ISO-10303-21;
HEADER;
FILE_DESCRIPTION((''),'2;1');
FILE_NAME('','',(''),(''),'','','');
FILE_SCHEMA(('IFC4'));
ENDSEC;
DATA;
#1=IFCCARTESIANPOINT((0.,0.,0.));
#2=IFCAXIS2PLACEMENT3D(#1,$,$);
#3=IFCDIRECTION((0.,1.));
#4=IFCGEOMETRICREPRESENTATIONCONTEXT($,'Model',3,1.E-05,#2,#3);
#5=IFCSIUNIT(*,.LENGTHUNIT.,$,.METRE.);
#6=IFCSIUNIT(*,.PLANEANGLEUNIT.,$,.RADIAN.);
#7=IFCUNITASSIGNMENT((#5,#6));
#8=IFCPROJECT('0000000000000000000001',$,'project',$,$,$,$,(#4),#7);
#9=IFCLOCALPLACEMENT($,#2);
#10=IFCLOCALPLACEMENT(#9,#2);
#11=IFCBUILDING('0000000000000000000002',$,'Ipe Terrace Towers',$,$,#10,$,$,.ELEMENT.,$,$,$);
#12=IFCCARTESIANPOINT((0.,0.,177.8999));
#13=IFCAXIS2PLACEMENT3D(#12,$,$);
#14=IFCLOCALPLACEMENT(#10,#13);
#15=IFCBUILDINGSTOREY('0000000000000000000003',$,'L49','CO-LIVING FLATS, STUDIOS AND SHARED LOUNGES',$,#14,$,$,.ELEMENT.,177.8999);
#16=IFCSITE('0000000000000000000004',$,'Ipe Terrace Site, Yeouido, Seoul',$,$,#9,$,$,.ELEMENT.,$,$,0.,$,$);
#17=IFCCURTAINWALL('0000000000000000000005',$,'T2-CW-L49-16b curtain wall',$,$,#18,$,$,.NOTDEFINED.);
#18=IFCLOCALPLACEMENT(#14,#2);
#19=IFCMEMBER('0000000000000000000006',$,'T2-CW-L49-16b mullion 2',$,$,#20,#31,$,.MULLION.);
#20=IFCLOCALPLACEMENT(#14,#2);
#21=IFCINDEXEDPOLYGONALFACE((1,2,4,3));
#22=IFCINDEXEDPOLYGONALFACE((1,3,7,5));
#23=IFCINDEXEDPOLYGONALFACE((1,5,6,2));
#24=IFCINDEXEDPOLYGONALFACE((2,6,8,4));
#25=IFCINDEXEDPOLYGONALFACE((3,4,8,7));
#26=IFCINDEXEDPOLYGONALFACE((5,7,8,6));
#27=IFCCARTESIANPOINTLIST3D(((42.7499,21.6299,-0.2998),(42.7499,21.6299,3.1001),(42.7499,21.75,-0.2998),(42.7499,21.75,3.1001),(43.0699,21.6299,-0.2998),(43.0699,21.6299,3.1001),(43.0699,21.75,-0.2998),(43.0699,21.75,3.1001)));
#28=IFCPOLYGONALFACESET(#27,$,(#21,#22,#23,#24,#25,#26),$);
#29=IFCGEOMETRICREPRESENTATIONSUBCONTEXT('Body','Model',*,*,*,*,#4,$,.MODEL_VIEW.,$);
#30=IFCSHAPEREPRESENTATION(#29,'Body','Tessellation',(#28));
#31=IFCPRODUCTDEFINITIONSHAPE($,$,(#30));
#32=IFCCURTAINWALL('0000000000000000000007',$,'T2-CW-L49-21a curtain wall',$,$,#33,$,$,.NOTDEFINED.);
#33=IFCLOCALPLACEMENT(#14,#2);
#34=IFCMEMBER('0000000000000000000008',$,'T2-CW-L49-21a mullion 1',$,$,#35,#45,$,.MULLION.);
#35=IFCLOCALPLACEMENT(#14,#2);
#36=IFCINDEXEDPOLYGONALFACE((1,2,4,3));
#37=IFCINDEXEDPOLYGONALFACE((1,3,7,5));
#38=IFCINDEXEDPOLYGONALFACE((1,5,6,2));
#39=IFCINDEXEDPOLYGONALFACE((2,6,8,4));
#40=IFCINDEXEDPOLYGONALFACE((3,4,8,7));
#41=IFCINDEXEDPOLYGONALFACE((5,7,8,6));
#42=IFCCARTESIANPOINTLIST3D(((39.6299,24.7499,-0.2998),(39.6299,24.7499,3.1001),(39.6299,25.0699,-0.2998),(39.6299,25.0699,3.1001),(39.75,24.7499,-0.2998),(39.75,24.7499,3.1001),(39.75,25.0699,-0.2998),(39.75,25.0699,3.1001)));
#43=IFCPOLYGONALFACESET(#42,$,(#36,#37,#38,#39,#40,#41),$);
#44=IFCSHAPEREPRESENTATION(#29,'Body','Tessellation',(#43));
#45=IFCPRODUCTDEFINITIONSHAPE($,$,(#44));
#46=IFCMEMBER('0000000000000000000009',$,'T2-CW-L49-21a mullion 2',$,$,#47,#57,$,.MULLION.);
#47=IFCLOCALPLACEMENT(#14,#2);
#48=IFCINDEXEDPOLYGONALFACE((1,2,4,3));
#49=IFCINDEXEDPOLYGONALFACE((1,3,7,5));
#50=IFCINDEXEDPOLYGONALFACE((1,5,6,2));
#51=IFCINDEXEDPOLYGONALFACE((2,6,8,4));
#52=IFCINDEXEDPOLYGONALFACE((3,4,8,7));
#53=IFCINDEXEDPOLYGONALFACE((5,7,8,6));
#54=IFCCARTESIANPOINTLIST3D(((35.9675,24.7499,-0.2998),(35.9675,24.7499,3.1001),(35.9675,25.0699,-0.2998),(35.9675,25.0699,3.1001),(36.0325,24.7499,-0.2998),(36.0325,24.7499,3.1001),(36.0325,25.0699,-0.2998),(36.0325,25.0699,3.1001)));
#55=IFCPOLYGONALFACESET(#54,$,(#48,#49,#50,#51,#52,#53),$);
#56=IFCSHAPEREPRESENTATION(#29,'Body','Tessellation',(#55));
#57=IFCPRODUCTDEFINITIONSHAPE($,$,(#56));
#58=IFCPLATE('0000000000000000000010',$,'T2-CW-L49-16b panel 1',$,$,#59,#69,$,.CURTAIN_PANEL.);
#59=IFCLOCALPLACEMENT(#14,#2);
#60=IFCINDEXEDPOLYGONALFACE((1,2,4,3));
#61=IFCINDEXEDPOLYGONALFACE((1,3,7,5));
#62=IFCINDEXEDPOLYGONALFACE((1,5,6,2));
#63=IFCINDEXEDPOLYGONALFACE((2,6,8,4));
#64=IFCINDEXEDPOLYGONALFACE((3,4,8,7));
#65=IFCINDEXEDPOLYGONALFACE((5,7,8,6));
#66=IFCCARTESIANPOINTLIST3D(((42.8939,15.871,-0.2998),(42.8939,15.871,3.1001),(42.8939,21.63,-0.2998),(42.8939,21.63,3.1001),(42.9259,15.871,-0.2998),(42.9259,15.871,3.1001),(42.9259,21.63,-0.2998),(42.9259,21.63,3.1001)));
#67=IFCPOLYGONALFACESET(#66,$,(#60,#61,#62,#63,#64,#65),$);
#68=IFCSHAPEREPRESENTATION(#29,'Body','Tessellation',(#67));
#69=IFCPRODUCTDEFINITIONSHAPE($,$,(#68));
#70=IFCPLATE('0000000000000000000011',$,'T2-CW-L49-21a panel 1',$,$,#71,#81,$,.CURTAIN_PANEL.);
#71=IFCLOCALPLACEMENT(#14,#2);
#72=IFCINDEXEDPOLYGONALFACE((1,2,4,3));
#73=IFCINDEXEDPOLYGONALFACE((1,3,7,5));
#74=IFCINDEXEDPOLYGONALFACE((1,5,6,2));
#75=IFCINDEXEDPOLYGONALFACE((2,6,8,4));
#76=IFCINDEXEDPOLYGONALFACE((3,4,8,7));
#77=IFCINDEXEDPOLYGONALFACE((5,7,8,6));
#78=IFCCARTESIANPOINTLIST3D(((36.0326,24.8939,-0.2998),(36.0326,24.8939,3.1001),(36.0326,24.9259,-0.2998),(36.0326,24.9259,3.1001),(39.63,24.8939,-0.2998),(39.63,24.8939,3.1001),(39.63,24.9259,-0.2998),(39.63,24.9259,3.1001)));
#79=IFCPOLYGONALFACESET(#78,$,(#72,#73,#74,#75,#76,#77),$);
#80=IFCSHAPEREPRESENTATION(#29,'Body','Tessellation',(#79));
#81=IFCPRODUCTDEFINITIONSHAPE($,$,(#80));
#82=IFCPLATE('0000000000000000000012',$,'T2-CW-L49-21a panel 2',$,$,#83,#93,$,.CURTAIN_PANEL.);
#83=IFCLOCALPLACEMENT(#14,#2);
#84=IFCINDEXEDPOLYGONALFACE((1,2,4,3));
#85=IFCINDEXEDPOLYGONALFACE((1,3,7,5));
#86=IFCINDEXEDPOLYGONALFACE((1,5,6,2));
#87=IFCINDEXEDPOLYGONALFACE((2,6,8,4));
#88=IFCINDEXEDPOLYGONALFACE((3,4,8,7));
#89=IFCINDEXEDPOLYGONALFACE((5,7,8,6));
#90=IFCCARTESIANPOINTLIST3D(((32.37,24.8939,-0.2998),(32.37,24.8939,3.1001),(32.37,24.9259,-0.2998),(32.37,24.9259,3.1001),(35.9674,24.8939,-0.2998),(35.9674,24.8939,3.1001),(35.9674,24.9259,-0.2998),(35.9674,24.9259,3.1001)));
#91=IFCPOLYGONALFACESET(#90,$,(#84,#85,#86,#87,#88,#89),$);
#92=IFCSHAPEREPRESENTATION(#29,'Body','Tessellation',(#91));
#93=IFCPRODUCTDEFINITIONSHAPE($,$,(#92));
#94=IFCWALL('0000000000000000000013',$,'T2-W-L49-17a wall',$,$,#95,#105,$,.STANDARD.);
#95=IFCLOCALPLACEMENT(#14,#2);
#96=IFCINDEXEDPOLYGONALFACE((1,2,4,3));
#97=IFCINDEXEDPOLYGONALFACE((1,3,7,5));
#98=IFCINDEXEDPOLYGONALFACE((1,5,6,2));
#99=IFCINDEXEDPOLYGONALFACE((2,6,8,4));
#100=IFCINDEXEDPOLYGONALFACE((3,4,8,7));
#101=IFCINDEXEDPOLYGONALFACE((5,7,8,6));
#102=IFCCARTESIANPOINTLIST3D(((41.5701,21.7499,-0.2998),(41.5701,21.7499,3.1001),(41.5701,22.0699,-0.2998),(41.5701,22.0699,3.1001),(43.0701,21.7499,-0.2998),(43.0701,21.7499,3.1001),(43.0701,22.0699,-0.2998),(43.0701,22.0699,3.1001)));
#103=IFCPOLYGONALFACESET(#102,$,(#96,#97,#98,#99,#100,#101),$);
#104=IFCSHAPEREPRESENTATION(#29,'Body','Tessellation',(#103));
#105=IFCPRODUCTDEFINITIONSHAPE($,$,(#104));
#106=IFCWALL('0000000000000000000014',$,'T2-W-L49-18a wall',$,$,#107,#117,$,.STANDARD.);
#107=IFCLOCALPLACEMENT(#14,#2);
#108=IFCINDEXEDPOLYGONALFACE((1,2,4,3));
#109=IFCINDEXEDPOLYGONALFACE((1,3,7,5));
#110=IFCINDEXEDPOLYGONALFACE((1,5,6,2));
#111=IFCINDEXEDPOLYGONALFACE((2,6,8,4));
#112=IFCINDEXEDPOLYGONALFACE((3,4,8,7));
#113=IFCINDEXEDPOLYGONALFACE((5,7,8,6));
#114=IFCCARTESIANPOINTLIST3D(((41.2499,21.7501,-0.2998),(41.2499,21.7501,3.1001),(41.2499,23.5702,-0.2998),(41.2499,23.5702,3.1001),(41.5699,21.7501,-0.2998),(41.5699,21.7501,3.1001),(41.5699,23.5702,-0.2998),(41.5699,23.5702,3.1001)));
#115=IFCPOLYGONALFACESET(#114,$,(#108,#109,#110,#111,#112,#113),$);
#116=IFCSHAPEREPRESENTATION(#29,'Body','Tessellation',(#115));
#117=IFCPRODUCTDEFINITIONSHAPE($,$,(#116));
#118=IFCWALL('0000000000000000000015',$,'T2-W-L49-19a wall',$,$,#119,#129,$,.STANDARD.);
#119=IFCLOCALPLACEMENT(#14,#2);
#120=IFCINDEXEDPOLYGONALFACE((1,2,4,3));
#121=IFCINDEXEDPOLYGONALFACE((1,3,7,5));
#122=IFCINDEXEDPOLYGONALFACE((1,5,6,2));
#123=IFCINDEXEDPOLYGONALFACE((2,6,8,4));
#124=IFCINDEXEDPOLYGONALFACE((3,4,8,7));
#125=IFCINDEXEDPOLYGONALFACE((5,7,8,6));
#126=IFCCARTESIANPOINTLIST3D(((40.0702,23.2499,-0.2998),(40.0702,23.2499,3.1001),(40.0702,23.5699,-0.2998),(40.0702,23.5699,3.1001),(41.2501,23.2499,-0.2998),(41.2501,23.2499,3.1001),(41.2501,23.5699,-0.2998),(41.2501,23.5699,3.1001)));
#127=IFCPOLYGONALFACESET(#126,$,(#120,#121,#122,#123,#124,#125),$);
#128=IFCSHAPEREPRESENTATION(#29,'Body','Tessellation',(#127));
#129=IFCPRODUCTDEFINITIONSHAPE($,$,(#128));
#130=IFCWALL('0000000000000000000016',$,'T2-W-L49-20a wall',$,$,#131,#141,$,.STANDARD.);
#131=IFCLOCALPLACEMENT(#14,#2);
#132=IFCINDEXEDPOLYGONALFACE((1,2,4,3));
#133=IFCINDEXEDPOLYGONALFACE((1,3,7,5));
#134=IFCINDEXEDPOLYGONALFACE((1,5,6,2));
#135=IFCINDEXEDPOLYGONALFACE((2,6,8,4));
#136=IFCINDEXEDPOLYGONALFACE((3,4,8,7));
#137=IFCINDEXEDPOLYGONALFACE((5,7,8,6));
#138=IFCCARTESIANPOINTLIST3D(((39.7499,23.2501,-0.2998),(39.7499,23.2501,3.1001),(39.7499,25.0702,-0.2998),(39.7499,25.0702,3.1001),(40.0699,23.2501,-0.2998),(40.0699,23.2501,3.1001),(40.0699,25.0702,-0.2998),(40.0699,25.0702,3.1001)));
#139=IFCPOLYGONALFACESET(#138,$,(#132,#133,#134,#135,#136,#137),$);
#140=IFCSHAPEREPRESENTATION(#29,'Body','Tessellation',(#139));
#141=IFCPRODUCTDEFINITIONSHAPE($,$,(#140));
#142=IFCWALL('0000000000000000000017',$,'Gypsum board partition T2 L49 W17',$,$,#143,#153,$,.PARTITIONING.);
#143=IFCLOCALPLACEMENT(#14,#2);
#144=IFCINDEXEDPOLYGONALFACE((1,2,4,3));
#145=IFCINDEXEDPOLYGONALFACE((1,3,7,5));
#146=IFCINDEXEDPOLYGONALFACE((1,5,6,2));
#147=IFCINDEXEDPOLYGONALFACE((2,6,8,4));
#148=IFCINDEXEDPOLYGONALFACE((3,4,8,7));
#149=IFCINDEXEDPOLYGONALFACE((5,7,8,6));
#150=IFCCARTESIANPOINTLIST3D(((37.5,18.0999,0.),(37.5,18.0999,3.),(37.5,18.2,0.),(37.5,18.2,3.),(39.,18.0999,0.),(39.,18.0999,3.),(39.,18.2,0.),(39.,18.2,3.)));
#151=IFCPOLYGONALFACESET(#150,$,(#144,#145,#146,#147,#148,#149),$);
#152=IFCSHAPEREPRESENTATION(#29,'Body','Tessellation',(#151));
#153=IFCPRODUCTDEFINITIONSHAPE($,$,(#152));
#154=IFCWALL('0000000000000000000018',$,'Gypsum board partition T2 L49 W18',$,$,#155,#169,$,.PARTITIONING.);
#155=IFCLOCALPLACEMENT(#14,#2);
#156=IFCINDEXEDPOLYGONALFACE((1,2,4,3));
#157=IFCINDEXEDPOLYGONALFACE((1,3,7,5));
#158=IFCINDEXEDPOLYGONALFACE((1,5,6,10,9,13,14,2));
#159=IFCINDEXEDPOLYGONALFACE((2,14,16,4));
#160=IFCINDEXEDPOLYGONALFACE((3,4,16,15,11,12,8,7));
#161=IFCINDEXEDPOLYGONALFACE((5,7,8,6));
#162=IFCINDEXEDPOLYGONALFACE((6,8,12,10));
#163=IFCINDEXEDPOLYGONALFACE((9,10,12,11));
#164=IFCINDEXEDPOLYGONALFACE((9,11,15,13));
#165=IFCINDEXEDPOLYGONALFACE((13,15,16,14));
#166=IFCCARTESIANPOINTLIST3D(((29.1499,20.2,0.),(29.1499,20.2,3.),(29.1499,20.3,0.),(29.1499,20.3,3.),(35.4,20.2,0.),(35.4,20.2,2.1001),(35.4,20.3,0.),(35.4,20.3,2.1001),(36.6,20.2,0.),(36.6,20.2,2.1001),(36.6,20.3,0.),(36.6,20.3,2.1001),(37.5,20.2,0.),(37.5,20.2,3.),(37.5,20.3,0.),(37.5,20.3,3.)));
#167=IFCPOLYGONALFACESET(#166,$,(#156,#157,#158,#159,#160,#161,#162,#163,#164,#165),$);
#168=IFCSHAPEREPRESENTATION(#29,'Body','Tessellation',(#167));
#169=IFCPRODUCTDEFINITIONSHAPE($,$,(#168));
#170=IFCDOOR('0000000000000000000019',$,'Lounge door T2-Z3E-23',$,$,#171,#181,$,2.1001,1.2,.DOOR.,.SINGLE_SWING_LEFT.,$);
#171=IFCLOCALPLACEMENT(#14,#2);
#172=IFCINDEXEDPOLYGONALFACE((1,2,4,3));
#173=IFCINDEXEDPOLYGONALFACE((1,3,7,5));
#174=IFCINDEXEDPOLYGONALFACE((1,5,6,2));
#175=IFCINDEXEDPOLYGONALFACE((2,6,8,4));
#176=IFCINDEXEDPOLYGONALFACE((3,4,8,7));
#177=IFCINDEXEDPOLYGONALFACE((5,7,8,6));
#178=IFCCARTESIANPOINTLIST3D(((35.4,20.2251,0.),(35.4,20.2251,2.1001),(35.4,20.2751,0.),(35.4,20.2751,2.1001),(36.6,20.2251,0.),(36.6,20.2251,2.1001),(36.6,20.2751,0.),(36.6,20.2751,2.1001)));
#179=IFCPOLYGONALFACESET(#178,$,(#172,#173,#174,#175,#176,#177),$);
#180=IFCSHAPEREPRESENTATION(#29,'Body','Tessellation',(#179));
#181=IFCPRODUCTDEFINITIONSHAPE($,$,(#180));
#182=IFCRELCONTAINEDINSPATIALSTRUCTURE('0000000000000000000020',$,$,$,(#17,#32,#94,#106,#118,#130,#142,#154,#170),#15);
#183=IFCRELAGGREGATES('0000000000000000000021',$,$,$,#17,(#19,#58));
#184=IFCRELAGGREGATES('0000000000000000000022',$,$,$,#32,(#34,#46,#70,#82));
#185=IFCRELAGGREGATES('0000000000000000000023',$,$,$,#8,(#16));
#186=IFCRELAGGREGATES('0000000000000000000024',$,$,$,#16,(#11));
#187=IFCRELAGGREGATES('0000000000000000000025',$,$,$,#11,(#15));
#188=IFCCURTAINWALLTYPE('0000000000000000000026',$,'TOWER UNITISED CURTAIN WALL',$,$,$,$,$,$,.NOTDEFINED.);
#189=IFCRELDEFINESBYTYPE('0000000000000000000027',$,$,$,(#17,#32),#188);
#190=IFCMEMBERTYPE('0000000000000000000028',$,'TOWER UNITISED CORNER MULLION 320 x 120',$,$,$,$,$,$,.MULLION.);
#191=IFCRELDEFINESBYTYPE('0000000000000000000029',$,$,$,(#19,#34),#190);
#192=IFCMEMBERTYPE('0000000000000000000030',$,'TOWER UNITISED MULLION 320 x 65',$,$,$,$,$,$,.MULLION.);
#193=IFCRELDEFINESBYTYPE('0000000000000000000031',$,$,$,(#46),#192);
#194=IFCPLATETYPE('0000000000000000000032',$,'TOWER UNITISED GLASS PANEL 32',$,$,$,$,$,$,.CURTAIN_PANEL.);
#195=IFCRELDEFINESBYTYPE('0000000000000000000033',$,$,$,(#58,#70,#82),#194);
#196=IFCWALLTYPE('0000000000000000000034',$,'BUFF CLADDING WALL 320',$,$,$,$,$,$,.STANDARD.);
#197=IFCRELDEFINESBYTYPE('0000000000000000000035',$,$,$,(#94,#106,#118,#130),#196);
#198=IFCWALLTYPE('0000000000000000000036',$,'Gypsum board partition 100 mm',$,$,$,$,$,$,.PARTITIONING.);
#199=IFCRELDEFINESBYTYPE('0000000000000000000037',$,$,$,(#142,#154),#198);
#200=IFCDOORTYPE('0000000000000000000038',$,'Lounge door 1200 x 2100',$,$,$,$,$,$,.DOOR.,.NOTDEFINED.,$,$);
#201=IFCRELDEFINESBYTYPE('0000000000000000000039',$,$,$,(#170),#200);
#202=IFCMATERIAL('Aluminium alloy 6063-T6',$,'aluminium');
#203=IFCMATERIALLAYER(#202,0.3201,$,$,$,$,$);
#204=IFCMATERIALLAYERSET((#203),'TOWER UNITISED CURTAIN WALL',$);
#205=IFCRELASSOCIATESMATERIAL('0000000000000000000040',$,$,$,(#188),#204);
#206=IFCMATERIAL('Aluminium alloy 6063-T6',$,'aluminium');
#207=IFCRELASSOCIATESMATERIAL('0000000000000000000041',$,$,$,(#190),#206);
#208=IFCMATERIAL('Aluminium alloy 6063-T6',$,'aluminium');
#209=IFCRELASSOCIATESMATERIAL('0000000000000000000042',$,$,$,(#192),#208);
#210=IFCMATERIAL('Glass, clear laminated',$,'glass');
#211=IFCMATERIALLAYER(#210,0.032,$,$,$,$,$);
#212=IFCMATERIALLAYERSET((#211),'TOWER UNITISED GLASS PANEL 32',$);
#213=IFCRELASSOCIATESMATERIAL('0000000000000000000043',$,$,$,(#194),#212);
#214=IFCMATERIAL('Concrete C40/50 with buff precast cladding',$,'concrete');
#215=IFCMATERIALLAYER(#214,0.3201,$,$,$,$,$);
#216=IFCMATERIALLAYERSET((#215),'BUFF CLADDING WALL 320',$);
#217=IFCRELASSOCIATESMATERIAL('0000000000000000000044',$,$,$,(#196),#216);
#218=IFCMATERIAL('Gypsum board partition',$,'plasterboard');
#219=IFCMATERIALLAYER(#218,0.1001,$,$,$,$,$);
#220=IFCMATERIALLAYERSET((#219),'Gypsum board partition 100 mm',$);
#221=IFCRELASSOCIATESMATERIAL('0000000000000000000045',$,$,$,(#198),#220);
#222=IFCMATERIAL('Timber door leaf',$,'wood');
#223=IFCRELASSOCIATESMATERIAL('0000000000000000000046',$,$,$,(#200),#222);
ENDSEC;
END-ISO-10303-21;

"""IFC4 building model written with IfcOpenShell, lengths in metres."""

from ifc_helpers import new_model, si_unit, direction, frame, frame_2d, origin, origin_2d, place, context, subcontext, project, spatial, rectangle, extrude, material, layer, layer_set, material_profile, profile_set, type_object, element, fill, aggregate, save


model = new_model("IFC4")

# Units and contexts
model_context = context("Model", 3, precision=1e-05, world=origin(), true_north=direction((0.0, 1.0)))
body_context = subcontext(model_context, "Body", "Model", "MODEL_VIEW")
ifc_project = project(units=[si_unit("LENGTHUNIT", "METRE"), si_unit("PLANEANGLEUNIT", "RADIAN")], contexts=[model_context])

# Site, building, storey
site_placement = place(None, origin())
site = spatial("IfcSite", under=ifc_project, at=site_placement, Name="Ipe Terrace Site, Yeouido, Seoul", CompositionType="ELEMENT", RefElevation=0.0)
building_placement = place(site_placement, origin())
building = spatial("IfcBuilding", under=site, at=building_placement, Name="Ipe Terrace Towers", CompositionType="ELEMENT")
storey_placement = place(building_placement, frame((0.0, 0.0, 177.8999)))
storey = spatial("IfcBuildingStorey", under=building, at=storey_placement, Name="L49", Description="CO-LIVING FLATS, STUDIOS AND SHARED LOUNGES", CompositionType="ELEMENT", Elevation=177.8999)

# Curtain walls, members
ifc_material_1 = material(Name="Aluminium alloy 6063-T6", Category="aluminium")
ifc_layer_1 = layer(ifc_material_1, 0.3201)
ifc_layer_set_1 = layer_set([ifc_layer_1], Name="TOWER UNITISED CURTAIN WALL")
curtain_wall_type = type_object("IfcCurtainWallType", Name="TOWER UNITISED CURTAIN WALL", PredefinedType="NOTDEFINED", material=ifc_layer_set_1)
curtain_wall_1_placement = place(storey_placement, origin())
curtain_wall_1 = element("IfcCurtainWall", 1, at=curtain_wall_1_placement, inside=storey, type_object=curtain_wall_type, Name="T2-CW-L49-16b curtain wall", PredefinedType="NOTDEFINED")
ifc_material_2 = material(Name="Aluminium alloy 6063-T6", Category="aluminium")
ifc_material_profile_1 = material_profile(ifc_material_2, rectangle(XDim=0.3201, YDim=0.1201, at=origin_2d()), Name="TOWER UNITISED CORNER MULLION 320 x 120")
ifc_profile_set_1 = profile_set([ifc_material_profile_1], Name="Aluminium alloy 6063-T6")
member_type_1 = type_object("IfcMemberType", Name="TOWER UNITISED CORNER MULLION 320 x 120", PredefinedType="MULLION", material=ifc_profile_set_1)
member_1_placement = place(storey_placement, frame((42.9099, 21.6899, -0.2998), z_axis=(0.0, 0.0, 1.0), x_axis=(1.0, 0.0, 0.0)))
member_1 = element("IfcMember", 2, at=member_1_placement, type_object=member_type_1, Name="T2-CW-L49-16b mullion 2", PredefinedType="MULLION", context=body_context, shape_type="SweptSolid", body=[
    extrude(rectangle(XDim=0.3201, YDim=0.1201, at=origin_2d()), origin(), (0.0, 0.0, 1.0), 3.3999),
])
curtain_wall_2_placement = place(storey_placement, origin())
curtain_wall_2 = element("IfcCurtainWall", 3, at=curtain_wall_2_placement, inside=storey, type_object=curtain_wall_type, Name="T2-CW-L49-21a curtain wall", PredefinedType="NOTDEFINED")
member_2_placement = place(storey_placement, frame((39.6899, 24.9099, -0.2998), z_axis=(0.0, 0.0, 1.0), x_axis=(0.0, 1.0, 0.0)))
member_2 = element("IfcMember", 4, at=member_2_placement, type_object=member_type_1, Name="T2-CW-L49-21a mullion 1", PredefinedType="MULLION", context=body_context, shape_type="SweptSolid", body=[
    extrude(rectangle(XDim=0.3201, YDim=0.1201, at=origin_2d()), origin(), (0.0, 0.0, 1.0), 3.3999),
])
ifc_material_3 = material(Name="Aluminium alloy 6063-T6", Category="aluminium")
ifc_material_profile_2 = material_profile(ifc_material_3, rectangle(XDim=0.3201, YDim=0.0649, at=origin_2d()), Name="TOWER UNITISED MULLION 320 x 65")
ifc_profile_set_2 = profile_set([ifc_material_profile_2], Name="Aluminium alloy 6063-T6")
member_type_2 = type_object("IfcMemberType", Name="TOWER UNITISED MULLION 320 x 65", PredefinedType="MULLION", material=ifc_profile_set_2)
member_3_placement = place(storey_placement, frame((36.0, 24.9099, -0.2998), z_axis=(0.0, 0.0, 1.0), x_axis=(0.0, 1.0, 0.0)))
member_3 = element("IfcMember", 5, at=member_3_placement, type_object=member_type_2, Name="T2-CW-L49-21a mullion 2", PredefinedType="MULLION", context=body_context, shape_type="SweptSolid", body=[
    extrude(rectangle(XDim=0.3201, YDim=0.0649, at=origin_2d()), origin(), (0.0, 0.0, 1.0), 3.3999),
])

# Plates
ifc_material_4 = material(Name="Glass, clear laminated", Category="glass")
ifc_layer_2 = layer(ifc_material_4, 0.032)
ifc_layer_set_2 = layer_set([ifc_layer_2], Name="TOWER UNITISED GLASS PANEL 32")
plate_type = type_object("IfcPlateType", Name="TOWER UNITISED GLASS PANEL 32", PredefinedType="CURTAIN_PANEL", material=ifc_layer_set_2)
plate_1_placement = place(storey_placement, frame((42.9099, 18.7505, -0.2998), z_axis=(0.0, 0.0, 1.0), x_axis=(0.0, 1.0, 0.0)))
plate_1 = element("IfcPlate", 6, at=plate_1_placement, type_object=plate_type, Name="T2-CW-L49-16b panel 1", PredefinedType="CURTAIN_PANEL", context=body_context, shape_type="SweptSolid", body=[
    extrude(rectangle(XDim=5.759, YDim=0.032, at=origin_2d()), origin(), (0.0, 0.0, 1.0), 3.3999),
])
aggregate(curtain_wall_1, [member_1, plate_1])
plate_2_placement = place(storey_placement, frame((37.8313, 24.9099, -0.2998), z_axis=(0.0, 0.0, 1.0), x_axis=(-1.0, 0.0, 0.0)))
plate_2 = element("IfcPlate", 7, at=plate_2_placement, type_object=plate_type, Name="T2-CW-L49-21a panel 1", PredefinedType="CURTAIN_PANEL", context=body_context, shape_type="SweptSolid", body=[
    extrude(rectangle(XDim=3.5974, YDim=0.032, at=origin_2d()), origin(), (0.0, 0.0, 1.0), 3.3999),
])
plate_3_placement = place(storey_placement, frame((34.1687, 24.9099, -0.2998), z_axis=(0.0, 0.0, 1.0), x_axis=(-1.0, 0.0, 0.0)))
plate_3 = element("IfcPlate", 8, at=plate_3_placement, type_object=plate_type, Name="T2-CW-L49-21a panel 2", PredefinedType="CURTAIN_PANEL", context=body_context, shape_type="SweptSolid", body=[
    extrude(rectangle(XDim=3.5974, YDim=0.032, at=origin_2d()), origin(), (0.0, 0.0, 1.0), 3.3999),
])
aggregate(curtain_wall_2, [member_2, member_3, plate_2, plate_3])

# Walls
ifc_material_5 = material(Name="Concrete C40/50 with buff precast cladding", Category="concrete")
ifc_layer_3 = layer(ifc_material_5, 0.3201)
ifc_layer_set_3 = layer_set([ifc_layer_3], Name="BUFF CLADDING WALL 320")
wall_type_1 = type_object("IfcWallType", Name="BUFF CLADDING WALL 320", PredefinedType="STANDARD", material=ifc_layer_set_3)
wall_1_placement = place(storey_placement, frame((43.0701, 21.9099, -0.2998), z_axis=(0.0, 0.0, 1.0), x_axis=(-1.0, 0.0, 0.0)))
element("IfcWall", 9, at=wall_1_placement, inside=storey, type_object=wall_type_1, Name="T2-W-L49-17a wall", PredefinedType="STANDARD", context=body_context, shape_type="SweptSolid", body=[
    extrude(rectangle(XDim=1.5, YDim=0.3201, at=frame_2d((0.75, 0.0))), origin(), (0.0, 0.0, 1.0), 3.3999),
])
wall_2_placement = place(storey_placement, frame((41.4099, 21.75, -0.2998), z_axis=(0.0, 0.0, 1.0), x_axis=(0.0, 1.0, 0.0)))
element("IfcWall", 10, at=wall_2_placement, inside=storey, type_object=wall_type_1, Name="T2-W-L49-18a wall", PredefinedType="STANDARD", context=body_context, shape_type="SweptSolid", body=[
    extrude(rectangle(XDim=1.8201, YDim=0.3201, at=frame_2d((0.9102, 0.0))), origin(), (0.0, 0.0, 1.0), 3.3999),
])
wall_3_placement = place(storey_placement, frame((41.25, 23.4099, -0.2998), z_axis=(0.0, 0.0, 1.0), x_axis=(-1.0, 0.0, 0.0)))
element("IfcWall", 11, at=wall_3_placement, inside=storey, type_object=wall_type_1, Name="T2-W-L49-19a wall", PredefinedType="STANDARD", context=body_context, shape_type="SweptSolid", body=[
    extrude(rectangle(XDim=1.1799, YDim=0.3201, at=frame_2d((0.5898, 0.0))), origin(), (0.0, 0.0, 1.0), 3.3999),
])
wall_4_placement = place(storey_placement, frame((39.9099, 23.25, -0.2998), z_axis=(0.0, 0.0, 1.0), x_axis=(0.0, 1.0, 0.0)))
element("IfcWall", 12, at=wall_4_placement, inside=storey, type_object=wall_type_1, Name="T2-W-L49-20a wall", PredefinedType="STANDARD", context=body_context, shape_type="SweptSolid", body=[
    extrude(rectangle(XDim=1.8201, YDim=0.3201, at=frame_2d((0.9102, 0.0))), origin(), (0.0, 0.0, 1.0), 3.3999),
])
ifc_material_6 = material(Name="Gypsum board partition", Category="plasterboard")
ifc_layer_4 = layer(ifc_material_6, 0.1001)
ifc_layer_set_4 = layer_set([ifc_layer_4], Name="Gypsum board partition 100 mm")
wall_type_2 = type_object("IfcWallType", Name="Gypsum board partition 100 mm", PredefinedType="PARTITIONING", material=ifc_layer_set_4)
wall_5_placement = place(storey_placement, frame((39.0, 18.1499, 0.0), z_axis=(0.0, 0.0, 1.0), x_axis=(-1.0, 0.0, 0.0)))
element("IfcWall", 13, at=wall_5_placement, inside=storey, type_object=wall_type_2, Name="Gypsum board partition T2 L49 W17", PredefinedType="PARTITIONING", context=body_context, shape_type="SweptSolid", body=[
    extrude(rectangle(XDim=1.5, YDim=0.1001, at=frame_2d((0.75, 0.0))), origin(), (0.0, 0.0, 1.0), 3.0),
])

# Wall, opening, door
wall_6_placement = place(storey_placement, frame((37.5, 20.25, 0.0), z_axis=(0.0, 0.0, 1.0), x_axis=(-1.0, 0.0, 0.0)))
wall_6 = element("IfcWall", 14, at=wall_6_placement, inside=storey, type_object=wall_type_2, Name="Gypsum board partition T2 L49 W18", PredefinedType="PARTITIONING", context=body_context, shape_type="SweptSolid", body=[
    extrude(rectangle(XDim=8.3501, YDim=0.1001, at=frame_2d((4.175, 0.0))), origin(), (0.0, 0.0, 1.0), 3.0),
])
opening_1_placement = place(wall_6_placement, frame((0.8999, 0.0, 0.0)))
opening_1 = element("IfcOpeningElement", 15, at=opening_1_placement, cuts=wall_6, PredefinedType="OPENING", context=body_context, shape_type="SweptSolid", body=[
    extrude(rectangle(XDim=1.2, YDim=2.1001, at=frame_2d((0.6001, 1.05))), frame((0.0, 0.0601, 0.0), z_axis=(0.0, -1.0, 0.0), x_axis=(1.0, 0.0, 0.0)), (0.0, 0.0, 1.0), 0.1201),
])
ifc_material_7 = material(Name="Timber door leaf", Category="wood")
door_type_1 = type_object("IfcDoorType", Name="Lounge door 1200 x 2100", OperationType="NOTDEFINED", PredefinedType="DOOR", material=ifc_material_7)
door_1_placement = place(opening_1_placement, origin())
door_1 = element("IfcDoor", 16, at=door_1_placement, inside=storey, type_object=door_type_1, Name="Lounge door T2-Z3E-23", OperationType="SINGLE_SWING_LEFT", OverallHeight=2.1001, OverallWidth=1.2, PredefinedType="DOOR", context=body_context, shape_type="SweptSolid", body=[
    extrude(rectangle(XDim=1.2, YDim=2.1001, at=frame_2d((0.6001, 1.05))), frame((0.0, 0.0249, 0.0), z_axis=(0.0, -1.0, 0.0), x_axis=(1.0, 0.0, 0.0)), (0.0, 0.0, 1.0), 0.05),
])
fill(opening_1, door_1)

save(model, "model.ifc")
